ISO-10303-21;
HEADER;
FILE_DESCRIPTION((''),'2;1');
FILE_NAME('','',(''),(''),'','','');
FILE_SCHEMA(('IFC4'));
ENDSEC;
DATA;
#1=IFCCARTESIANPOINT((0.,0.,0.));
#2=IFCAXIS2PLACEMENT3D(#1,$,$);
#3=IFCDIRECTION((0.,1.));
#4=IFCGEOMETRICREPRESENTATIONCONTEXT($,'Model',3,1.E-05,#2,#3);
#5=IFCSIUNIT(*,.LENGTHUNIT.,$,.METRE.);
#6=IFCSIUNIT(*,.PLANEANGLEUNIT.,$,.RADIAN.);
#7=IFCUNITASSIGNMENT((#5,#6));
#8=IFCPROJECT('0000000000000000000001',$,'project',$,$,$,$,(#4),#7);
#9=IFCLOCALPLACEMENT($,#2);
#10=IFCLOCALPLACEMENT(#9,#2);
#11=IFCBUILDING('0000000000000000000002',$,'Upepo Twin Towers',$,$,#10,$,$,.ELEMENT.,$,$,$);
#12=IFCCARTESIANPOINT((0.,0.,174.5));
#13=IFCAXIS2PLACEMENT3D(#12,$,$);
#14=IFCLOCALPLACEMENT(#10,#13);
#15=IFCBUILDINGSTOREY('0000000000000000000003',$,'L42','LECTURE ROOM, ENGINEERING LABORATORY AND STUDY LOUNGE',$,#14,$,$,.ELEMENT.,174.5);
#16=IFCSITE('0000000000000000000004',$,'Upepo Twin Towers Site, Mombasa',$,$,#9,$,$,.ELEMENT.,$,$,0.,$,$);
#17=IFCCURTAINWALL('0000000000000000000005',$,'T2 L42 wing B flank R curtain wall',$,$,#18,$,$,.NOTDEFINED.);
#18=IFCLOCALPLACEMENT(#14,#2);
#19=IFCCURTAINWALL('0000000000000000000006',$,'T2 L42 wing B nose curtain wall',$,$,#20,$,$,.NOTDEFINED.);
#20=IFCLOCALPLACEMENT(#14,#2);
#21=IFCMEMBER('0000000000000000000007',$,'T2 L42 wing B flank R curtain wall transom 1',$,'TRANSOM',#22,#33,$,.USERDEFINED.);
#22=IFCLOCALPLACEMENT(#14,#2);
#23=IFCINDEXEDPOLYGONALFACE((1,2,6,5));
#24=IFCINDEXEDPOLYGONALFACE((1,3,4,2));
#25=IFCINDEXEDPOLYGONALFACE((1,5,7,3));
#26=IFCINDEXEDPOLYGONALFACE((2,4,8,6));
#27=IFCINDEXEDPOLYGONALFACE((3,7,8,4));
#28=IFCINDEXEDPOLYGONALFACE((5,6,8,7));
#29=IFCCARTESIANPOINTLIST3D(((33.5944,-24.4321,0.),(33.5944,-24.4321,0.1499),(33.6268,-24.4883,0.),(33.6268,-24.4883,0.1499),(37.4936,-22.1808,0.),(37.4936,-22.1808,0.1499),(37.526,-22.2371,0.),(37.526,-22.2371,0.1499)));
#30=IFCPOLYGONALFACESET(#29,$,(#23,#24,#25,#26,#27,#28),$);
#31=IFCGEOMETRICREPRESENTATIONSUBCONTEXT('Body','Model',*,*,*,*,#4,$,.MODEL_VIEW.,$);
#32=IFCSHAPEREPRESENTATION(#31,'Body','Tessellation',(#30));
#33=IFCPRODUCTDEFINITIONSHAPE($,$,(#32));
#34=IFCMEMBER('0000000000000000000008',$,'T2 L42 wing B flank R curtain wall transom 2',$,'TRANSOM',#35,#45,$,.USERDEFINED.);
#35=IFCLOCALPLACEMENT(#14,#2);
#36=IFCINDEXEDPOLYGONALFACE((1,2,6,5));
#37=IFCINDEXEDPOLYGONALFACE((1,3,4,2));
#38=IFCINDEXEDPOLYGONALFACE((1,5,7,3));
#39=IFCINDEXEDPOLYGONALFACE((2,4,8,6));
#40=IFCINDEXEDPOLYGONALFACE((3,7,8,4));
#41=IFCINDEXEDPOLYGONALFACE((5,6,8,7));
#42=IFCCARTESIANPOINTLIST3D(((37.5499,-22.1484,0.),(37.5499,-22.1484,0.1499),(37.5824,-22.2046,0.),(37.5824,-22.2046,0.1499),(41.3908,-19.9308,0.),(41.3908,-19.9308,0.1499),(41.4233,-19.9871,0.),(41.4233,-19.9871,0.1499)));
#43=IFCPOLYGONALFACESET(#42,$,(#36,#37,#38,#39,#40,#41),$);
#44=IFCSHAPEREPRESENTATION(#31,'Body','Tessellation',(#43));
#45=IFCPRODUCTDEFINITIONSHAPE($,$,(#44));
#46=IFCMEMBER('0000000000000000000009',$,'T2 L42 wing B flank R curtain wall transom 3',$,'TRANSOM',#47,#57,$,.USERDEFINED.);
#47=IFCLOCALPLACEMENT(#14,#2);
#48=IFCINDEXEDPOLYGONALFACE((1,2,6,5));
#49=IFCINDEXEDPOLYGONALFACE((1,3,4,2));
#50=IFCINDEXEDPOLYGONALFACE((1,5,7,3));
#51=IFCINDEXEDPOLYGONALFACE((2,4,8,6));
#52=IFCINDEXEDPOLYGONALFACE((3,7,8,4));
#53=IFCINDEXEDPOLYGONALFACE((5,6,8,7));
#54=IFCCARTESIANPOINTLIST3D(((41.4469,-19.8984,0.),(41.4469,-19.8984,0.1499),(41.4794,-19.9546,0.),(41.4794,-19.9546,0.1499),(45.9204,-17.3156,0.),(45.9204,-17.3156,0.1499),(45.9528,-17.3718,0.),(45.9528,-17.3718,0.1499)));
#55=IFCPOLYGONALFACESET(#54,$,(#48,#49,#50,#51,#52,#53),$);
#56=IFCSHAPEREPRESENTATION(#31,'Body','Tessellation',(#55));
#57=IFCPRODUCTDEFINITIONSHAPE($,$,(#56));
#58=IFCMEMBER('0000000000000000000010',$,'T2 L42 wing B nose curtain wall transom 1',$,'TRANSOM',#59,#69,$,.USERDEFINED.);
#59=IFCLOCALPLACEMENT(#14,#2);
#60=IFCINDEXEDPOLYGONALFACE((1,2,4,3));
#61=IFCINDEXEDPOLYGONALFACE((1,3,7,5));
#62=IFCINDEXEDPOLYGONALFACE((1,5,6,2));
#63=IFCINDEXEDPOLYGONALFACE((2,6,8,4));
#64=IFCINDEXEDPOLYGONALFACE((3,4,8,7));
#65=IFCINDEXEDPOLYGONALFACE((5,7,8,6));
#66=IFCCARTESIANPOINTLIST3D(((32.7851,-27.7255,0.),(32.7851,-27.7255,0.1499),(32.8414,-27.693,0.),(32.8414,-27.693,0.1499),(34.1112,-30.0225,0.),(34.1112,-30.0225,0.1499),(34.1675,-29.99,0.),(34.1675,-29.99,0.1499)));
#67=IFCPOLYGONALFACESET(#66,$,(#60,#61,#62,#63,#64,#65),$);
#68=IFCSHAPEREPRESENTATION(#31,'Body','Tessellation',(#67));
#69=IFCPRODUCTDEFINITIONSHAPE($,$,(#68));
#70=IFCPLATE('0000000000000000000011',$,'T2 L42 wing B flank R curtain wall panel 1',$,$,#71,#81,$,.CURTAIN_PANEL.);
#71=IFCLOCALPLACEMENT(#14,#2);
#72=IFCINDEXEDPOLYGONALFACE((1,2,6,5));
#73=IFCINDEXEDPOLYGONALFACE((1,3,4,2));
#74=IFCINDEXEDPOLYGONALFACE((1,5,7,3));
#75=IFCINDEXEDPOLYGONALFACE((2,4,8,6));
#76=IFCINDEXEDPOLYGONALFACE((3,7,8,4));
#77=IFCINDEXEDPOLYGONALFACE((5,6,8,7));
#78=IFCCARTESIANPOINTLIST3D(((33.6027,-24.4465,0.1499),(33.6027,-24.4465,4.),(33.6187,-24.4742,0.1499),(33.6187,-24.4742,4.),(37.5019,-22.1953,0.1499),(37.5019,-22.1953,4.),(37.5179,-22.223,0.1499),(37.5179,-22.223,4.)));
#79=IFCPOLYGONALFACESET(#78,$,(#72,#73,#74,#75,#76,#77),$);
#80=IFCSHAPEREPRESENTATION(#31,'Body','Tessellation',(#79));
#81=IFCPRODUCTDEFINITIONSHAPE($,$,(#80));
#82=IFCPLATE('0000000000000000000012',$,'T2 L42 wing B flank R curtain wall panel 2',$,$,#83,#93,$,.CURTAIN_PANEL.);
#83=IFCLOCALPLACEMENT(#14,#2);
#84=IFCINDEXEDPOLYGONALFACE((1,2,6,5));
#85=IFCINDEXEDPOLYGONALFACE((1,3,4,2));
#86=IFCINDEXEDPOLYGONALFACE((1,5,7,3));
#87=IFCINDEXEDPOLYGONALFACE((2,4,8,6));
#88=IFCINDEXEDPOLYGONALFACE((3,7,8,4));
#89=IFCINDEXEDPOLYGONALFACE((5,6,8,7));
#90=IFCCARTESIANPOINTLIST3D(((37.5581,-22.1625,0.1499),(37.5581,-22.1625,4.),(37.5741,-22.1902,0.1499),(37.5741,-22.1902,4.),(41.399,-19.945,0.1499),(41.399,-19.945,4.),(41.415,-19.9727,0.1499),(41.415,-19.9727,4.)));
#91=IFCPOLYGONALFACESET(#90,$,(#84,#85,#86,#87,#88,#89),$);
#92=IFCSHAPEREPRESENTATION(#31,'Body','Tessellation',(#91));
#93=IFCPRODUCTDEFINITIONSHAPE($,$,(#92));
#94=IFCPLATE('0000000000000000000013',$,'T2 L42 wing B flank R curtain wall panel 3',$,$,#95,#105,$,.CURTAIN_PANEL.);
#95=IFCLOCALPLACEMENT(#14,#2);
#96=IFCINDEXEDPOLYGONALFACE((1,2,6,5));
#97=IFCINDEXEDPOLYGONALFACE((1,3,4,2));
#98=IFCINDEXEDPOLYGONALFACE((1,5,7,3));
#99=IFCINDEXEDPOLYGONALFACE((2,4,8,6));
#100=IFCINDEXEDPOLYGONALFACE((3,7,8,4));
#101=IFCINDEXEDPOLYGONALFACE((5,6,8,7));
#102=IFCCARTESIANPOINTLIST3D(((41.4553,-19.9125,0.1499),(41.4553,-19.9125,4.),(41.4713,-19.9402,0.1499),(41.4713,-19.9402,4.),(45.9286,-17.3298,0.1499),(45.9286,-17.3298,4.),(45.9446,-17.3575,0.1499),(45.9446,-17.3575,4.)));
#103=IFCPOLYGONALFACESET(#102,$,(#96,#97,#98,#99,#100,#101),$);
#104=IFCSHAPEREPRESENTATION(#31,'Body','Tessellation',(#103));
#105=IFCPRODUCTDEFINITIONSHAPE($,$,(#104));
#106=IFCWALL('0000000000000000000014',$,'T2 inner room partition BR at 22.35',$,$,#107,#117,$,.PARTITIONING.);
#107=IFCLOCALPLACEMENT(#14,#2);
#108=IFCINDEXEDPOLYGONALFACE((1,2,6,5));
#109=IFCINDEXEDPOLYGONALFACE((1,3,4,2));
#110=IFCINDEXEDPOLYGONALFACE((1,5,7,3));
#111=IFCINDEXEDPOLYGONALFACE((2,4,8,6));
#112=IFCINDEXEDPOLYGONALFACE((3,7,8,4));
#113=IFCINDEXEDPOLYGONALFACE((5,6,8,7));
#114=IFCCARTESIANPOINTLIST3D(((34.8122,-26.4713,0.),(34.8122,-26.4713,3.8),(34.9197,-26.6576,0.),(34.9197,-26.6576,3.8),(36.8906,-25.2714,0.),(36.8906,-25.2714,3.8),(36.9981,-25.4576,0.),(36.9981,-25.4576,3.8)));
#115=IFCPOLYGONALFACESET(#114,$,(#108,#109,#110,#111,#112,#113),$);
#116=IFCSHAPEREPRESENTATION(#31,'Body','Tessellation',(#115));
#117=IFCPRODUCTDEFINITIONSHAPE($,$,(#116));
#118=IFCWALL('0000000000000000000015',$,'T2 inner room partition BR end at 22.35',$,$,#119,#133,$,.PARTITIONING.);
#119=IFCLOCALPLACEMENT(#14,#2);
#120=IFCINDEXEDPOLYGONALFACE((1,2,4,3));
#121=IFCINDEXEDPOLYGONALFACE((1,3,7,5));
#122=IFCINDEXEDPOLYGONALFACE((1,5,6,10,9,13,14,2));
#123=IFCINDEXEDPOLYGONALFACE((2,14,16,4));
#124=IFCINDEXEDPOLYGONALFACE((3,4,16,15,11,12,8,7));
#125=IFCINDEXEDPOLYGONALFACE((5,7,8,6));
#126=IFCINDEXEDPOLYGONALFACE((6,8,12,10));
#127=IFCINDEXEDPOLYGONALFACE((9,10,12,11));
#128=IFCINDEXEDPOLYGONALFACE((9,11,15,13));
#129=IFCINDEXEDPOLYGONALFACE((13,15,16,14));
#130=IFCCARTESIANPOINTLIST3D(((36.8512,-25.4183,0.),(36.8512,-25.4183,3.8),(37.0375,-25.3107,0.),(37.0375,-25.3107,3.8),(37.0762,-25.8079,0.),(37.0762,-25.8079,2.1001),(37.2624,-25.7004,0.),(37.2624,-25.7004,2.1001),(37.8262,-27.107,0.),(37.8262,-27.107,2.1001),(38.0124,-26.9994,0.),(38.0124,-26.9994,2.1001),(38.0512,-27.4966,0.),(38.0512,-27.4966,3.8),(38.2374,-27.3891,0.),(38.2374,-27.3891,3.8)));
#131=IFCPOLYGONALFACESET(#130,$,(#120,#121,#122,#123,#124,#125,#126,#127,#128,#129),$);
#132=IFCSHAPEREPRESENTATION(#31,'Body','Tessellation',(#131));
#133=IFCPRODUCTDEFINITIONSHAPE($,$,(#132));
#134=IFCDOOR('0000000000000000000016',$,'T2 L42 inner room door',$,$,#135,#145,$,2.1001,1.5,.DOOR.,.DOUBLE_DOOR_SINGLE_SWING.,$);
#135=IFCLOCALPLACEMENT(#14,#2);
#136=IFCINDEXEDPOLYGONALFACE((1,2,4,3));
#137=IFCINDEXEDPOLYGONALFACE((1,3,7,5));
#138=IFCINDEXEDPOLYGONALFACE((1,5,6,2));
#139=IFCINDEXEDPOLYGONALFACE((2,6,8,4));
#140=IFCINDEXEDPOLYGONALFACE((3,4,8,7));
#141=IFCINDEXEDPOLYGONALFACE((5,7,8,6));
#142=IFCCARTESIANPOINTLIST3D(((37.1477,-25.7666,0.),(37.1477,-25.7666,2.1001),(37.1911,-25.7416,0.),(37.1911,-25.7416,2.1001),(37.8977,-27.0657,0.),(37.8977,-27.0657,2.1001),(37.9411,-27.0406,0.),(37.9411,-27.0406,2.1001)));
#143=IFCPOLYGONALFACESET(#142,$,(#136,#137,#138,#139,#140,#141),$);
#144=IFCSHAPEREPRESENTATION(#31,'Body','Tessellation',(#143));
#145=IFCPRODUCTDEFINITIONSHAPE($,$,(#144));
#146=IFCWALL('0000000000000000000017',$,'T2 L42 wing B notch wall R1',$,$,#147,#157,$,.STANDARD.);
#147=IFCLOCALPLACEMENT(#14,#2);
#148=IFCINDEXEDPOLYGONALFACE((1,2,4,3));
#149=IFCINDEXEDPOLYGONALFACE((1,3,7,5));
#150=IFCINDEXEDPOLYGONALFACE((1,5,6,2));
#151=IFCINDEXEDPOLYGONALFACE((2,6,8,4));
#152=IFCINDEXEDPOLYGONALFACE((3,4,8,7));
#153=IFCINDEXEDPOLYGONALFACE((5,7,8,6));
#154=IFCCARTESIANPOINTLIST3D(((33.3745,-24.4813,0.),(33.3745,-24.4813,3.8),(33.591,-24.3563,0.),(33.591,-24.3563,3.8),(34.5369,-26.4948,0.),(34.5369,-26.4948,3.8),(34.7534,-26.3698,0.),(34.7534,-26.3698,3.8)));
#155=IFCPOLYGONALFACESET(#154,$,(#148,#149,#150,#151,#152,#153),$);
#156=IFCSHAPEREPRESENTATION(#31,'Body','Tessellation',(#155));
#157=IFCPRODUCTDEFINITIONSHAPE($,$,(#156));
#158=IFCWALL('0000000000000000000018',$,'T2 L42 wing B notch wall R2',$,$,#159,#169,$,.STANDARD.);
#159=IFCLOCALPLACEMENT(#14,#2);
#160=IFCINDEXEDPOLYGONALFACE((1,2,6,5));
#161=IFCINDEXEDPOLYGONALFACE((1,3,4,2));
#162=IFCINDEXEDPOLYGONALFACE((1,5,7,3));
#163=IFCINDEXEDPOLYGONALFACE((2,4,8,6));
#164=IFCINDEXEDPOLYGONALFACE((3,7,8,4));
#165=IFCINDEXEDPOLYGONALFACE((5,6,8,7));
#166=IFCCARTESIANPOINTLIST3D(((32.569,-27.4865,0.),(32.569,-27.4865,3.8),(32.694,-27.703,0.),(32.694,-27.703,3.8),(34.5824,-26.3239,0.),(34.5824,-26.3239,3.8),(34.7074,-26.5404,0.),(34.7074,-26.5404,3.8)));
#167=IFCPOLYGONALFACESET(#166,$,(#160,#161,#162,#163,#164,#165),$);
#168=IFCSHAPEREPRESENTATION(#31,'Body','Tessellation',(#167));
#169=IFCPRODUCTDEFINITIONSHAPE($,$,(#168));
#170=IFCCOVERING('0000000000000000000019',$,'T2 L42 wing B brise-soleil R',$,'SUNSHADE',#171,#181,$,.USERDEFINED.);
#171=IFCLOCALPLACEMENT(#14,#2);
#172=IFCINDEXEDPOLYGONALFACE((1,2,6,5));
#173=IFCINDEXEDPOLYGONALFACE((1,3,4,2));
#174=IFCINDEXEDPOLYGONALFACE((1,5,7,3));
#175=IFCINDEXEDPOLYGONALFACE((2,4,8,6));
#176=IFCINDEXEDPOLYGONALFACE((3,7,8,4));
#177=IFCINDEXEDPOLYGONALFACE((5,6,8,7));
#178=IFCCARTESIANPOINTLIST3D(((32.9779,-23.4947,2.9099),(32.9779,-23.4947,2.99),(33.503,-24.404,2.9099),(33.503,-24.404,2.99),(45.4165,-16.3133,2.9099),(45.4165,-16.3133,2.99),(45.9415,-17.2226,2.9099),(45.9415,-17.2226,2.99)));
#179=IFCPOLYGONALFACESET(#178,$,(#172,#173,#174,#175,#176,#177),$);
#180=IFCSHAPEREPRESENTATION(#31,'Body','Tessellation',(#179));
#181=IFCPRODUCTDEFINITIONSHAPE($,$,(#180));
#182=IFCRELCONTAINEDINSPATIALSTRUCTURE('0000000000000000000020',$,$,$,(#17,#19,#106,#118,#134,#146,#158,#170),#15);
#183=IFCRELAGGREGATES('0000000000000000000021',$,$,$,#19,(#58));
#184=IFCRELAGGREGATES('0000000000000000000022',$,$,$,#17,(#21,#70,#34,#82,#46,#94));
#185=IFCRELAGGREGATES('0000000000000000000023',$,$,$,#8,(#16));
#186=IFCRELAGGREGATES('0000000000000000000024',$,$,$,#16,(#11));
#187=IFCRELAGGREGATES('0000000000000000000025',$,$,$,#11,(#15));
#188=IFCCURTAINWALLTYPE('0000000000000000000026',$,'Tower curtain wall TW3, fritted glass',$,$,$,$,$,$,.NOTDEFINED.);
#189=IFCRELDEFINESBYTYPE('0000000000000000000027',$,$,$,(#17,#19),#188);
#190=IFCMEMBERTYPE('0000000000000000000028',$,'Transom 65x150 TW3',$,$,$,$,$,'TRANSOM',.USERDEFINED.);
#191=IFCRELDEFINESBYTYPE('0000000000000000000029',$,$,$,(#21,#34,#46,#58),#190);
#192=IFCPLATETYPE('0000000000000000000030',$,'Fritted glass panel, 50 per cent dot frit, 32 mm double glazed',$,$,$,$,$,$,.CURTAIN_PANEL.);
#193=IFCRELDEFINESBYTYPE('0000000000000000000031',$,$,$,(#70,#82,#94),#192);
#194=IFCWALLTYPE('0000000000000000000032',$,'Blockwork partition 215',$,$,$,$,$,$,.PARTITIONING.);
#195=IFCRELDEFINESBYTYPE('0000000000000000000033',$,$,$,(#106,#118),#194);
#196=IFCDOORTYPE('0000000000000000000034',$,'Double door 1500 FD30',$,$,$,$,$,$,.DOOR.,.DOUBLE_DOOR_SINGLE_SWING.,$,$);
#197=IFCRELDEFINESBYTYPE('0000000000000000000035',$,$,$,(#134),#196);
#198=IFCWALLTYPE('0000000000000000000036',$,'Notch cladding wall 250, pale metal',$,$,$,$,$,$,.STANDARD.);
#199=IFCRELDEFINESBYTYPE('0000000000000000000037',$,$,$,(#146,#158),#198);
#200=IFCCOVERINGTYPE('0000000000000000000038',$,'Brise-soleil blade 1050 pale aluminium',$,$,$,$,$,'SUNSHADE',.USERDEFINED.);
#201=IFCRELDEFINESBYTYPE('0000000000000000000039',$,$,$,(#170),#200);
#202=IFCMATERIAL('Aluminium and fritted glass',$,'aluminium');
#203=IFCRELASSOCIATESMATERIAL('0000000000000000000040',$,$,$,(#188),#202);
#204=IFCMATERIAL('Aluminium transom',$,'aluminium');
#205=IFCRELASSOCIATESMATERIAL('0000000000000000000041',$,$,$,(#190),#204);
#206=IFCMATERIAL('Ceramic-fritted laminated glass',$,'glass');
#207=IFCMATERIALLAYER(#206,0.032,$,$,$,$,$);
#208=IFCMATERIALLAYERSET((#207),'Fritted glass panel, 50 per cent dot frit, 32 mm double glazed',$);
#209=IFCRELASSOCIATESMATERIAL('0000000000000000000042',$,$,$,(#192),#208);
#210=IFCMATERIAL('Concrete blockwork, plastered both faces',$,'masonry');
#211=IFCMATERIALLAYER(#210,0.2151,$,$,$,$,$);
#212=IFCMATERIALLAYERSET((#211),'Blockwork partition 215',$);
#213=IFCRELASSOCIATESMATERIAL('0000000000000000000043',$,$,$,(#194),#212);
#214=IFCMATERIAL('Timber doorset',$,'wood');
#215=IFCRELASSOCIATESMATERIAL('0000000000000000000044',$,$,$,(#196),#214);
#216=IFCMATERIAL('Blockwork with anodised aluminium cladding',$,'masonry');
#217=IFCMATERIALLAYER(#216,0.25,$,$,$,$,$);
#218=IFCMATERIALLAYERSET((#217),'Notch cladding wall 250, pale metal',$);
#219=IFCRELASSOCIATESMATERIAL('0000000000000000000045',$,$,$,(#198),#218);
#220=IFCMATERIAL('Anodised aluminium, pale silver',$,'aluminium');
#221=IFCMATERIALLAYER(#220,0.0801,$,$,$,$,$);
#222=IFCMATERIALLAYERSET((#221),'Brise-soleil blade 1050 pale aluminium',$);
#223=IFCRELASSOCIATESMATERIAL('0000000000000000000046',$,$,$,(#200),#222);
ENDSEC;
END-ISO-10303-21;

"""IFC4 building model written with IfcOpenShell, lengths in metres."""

from ifc_helpers import new_model, si_unit, direction, frame, frame_2d, origin, origin_2d, place, context, subcontext, project, spatial, rectangle, extrude, material, layer, layer_set, material_profile, profile_set, type_object, element, fill, aggregate, save


model = new_model("IFC4")

# Units and contexts
model_context = context("Model", 3, precision=1e-05, world=origin(), true_north=direction((0.0, 1.0)))
body_context = subcontext(model_context, "Body", "Model", "MODEL_VIEW")
ifc_project = project(units=[si_unit("LENGTHUNIT", "METRE"), si_unit("PLANEANGLEUNIT", "RADIAN")], contexts=[model_context])

# Site, building, storey
site_placement = place(None, origin())
site = spatial("IfcSite", under=ifc_project, at=site_placement, Name="Upepo Twin Towers Site, Mombasa", CompositionType="ELEMENT", RefElevation=0.0)
building_placement = place(site_placement, origin())
building = spatial("IfcBuilding", under=site, at=building_placement, Name="Upepo Twin Towers", CompositionType="ELEMENT")
storey_placement = place(building_placement, frame((0.0, 0.0, 174.5)))
storey = spatial("IfcBuildingStorey", under=building, at=storey_placement, Name="L42", Description="LECTURE ROOM, ENGINEERING LABORATORY AND STUDY LOUNGE", CompositionType="ELEMENT", Elevation=174.5)

# Curtain wall
ifc_material_1 = material(Name="Aluminium and fritted glass", Category="aluminium")
curtain_wall_type = type_object("IfcCurtainWallType", Name="Tower curtain wall TW3, fritted glass", PredefinedType="NOTDEFINED", material=ifc_material_1)
curtain_wall_1_placement = place(storey_placement, origin())
curtain_wall_1 = element("IfcCurtainWall", 1, at=curtain_wall_1_placement, inside=storey, type_object=curtain_wall_type, Name="T2 L42 wing B flank R curtain wall", PredefinedType="NOTDEFINED")

# Curtain wall
curtain_wall_2_placement = place(storey_placement, origin())
curtain_wall_2 = element("IfcCurtainWall", 2, at=curtain_wall_2_placement, inside=storey, type_object=curtain_wall_type, Name="T2 L42 wing B nose curtain wall", PredefinedType="NOTDEFINED")

# Members
ifc_material_2 = material(Name="Aluminium transom", Category="aluminium")
ifc_material_profile_1 = material_profile(ifc_material_2, rectangle(XDim=0.0649, YDim=0.1499, at=origin_2d()), Name="TRANSOM 65x150")
ifc_profile_set_1 = profile_set([ifc_material_profile_1], Name="Aluminium transom")
member_type_1 = type_object("IfcMemberType", Name="Transom 65x150 TW3", ElementType="TRANSOM", PredefinedType="USERDEFINED", material=ifc_profile_set_1)
member_1_placement = place(storey_placement, frame((33.6106, -24.4602, 0.075), z_axis=(0.866022, 0.500006, 0.0), x_axis=(-0.500006, 0.866022, 0.0)))
member_1 = element("IfcMember", 3, at=member_1_placement, type_object=member_type_1, Name="T2 L42 wing B flank R curtain wall transom 1", ObjectType="TRANSOM", PredefinedType="USERDEFINED", context=body_context, shape_type="SweptSolid", body=[
    extrude(rectangle(XDim=0.0649, YDim=0.1499, at=origin_2d()), origin(), (0.0, 0.0, 1.0), 4.5024),
])
member_2_placement = place(storey_placement, frame((37.5662, -22.1765, 0.075), z_axis=(0.866022, 0.500005, 0.0), x_axis=(-0.500005, 0.866022, 0.0)))
member_2 = element("IfcMember", 4, at=member_2_placement, type_object=member_type_1, Name="T2 L42 wing B flank R curtain wall transom 2", ObjectType="TRANSOM", PredefinedType="USERDEFINED", context=body_context, shape_type="SweptSolid", body=[
    extrude(rectangle(XDim=0.0649, YDim=0.1499, at=origin_2d()), origin(), (0.0, 0.0, 1.0), 4.4351),
])
member_3_placement = place(storey_placement, frame((41.4631, -19.9265, 0.075), z_axis=(0.866021, 0.500007, 0.0), x_axis=(-0.500007, 0.866021, 0.0)))
member_3 = element("IfcMember", 5, at=member_3_placement, type_object=member_type_1, Name="T2 L42 wing B flank R curtain wall transom 3", ObjectType="TRANSOM", PredefinedType="USERDEFINED", context=body_context, shape_type="SweptSolid", body=[
    extrude(rectangle(XDim=0.0649, YDim=0.1499, at=origin_2d()), origin(), (0.0, 0.0, 1.0), 5.1655),
])
member_4_placement = place(storey_placement, frame((32.8132, -27.7092, 0.075), z_axis=(0.49998, -0.866037, 0.0), x_axis=(0.866037, 0.49998, 0.0)))
member_4 = element("IfcMember", 6, at=member_4_placement, type_object=member_type_1, Name="T2 L42 wing B nose curtain wall transom 1", ObjectType="TRANSOM", PredefinedType="USERDEFINED", context=body_context, shape_type="SweptSolid", body=[
    extrude(rectangle(XDim=0.0649, YDim=0.1499, at=origin_2d()), origin(), (0.0, 0.0, 1.0), 2.6523),
])
aggregate(curtain_wall_2, [member_4])

# Plates
ifc_material_3 = material(Name="Ceramic-fritted laminated glass", Category="glass")
ifc_layer_1 = layer(ifc_material_3, 0.032)
ifc_layer_set_1 = layer_set([ifc_layer_1], Name="Fritted glass panel, 50 per cent dot frit, 32 mm double glazed")
plate_type = type_object("IfcPlateType", Name="Fritted glass panel, 50 per cent dot frit, 32 mm double glazed", PredefinedType="CURTAIN_PANEL", material=ifc_layer_set_1)
plate_1_placement = place(storey_placement, frame((35.5603, -23.3347, 0.1499), z_axis=(0.0, 0.0, 1.0), x_axis=(0.866025, 0.5, 0.0)))
plate_1 = element("IfcPlate", 7, at=plate_1_placement, type_object=plate_type, Name="T2 L42 wing B flank R curtain wall panel 1", PredefinedType="CURTAIN_PANEL", context=body_context, shape_type="SweptSolid", body=[
    extrude(rectangle(XDim=4.5024, YDim=0.032, at=origin_2d()), origin(), (0.0, 0.0, 1.0), 3.8501),
])
plate_2_placement = place(storey_placement, frame((39.4866, -21.0676, 0.1499), z_axis=(0.0, 0.0, 1.0), x_axis=(0.866025, 0.5, 0.0)))
plate_2 = element("IfcPlate", 8, at=plate_2_placement, type_object=plate_type, Name="T2 L42 wing B flank R curtain wall panel 2", PredefinedType="CURTAIN_PANEL", context=body_context, shape_type="SweptSolid", body=[
    extrude(rectangle(XDim=4.4351, YDim=0.032, at=origin_2d()), origin(), (0.0, 0.0, 1.0), 3.8501),
])
plate_3_placement = place(storey_placement, frame((43.7, -18.635, 0.1499), z_axis=(0.0, 0.0, 1.0), x_axis=(0.866025, 0.5, 0.0)))
plate_3 = element("IfcPlate", 9, at=plate_3_placement, type_object=plate_type, Name="T2 L42 wing B flank R curtain wall panel 3", PredefinedType="CURTAIN_PANEL", context=body_context, shape_type="SweptSolid", body=[
    extrude(rectangle(XDim=5.1653, YDim=0.032, at=origin_2d()), origin(), (0.0, 0.0, 1.0), 3.8501),
])
aggregate(curtain_wall_1, [member_1, plate_1, member_2, plate_2, member_3, plate_3])

# Wall
ifc_material_4 = material(Name="Concrete blockwork, plastered both faces", Category="masonry")
ifc_layer_2 = layer(ifc_material_4, 0.2151)
ifc_layer_set_2 = layer_set([ifc_layer_2], Name="Blockwork partition 215")
wall_type_1 = type_object("IfcWallType", Name="Blockwork partition 215", PredefinedType="PARTITIONING", material=ifc_layer_set_2)
wall_1_placement = place(storey_placement, frame((36.9443, -25.3645, 0.0), z_axis=(0.0, 0.0, 1.0), x_axis=(-0.866025, -0.500001, 0.0)))
element("IfcWall", 10, at=wall_1_placement, inside=storey, type_object=wall_type_1, Name="T2 inner room partition BR at 22.35", PredefinedType="PARTITIONING", context=body_context, shape_type="SweptSolid", body=[
    extrude(rectangle(XDim=2.3999, YDim=0.2151, at=frame_2d((1.2, 0.0))), origin(), (0.0, 0.0, 1.0), 3.8),
])

# Wall, opening, door
wall_2_placement = place(storey_placement, frame((38.1443, -27.4429, 0.0), z_axis=(0.0, 0.0, 1.0), x_axis=(-0.500001, 0.866025, 0.0)))
wall_2 = element("IfcWall", 11, at=wall_2_placement, inside=storey, type_object=wall_type_1, Name="T2 inner room partition BR end at 22.35", PredefinedType="PARTITIONING", context=body_context, shape_type="SweptSolid", body=[
    extrude(rectangle(XDim=2.3999, YDim=0.2151, at=frame_2d((1.2, 0.0))), origin(), (0.0, 0.0, 1.0), 3.8),
])
opening_placement = place(wall_2_placement, frame((0.45, 0.0, 0.0)))
opening = element("IfcOpeningElement", 12, at=opening_placement, cuts=wall_2, PredefinedType="OPENING", context=body_context, shape_type="SweptSolid", body=[
    extrude(rectangle(XDim=1.5, YDim=2.1001, at=frame_2d((0.75, 1.05))), frame((0.0, 0.1174, 0.0), z_axis=(0.0, -1.0, 0.0), x_axis=(1.0, 0.0, 0.0)), (0.0, 0.0, 1.0), 0.2351),
])
ifc_material_5 = material(Name="Timber doorset", Category="wood")
door_type = type_object("IfcDoorType", Name="Double door 1500 FD30", OperationType="DOUBLE_DOOR_SINGLE_SWING", PredefinedType="DOOR", material=ifc_material_5)
door_placement = place(opening_placement, origin())
door = element("IfcDoor", 13, at=door_placement, inside=storey, type_object=door_type, Name="T2 L42 inner room door", OperationType="DOUBLE_DOOR_SINGLE_SWING", OverallHeight=2.1001, OverallWidth=1.5, PredefinedType="DOOR", context=body_context, shape_type="SweptSolid", body=[
    extrude(rectangle(XDim=1.5, YDim=2.1001, at=frame_2d((0.75, 1.05))), frame((0.0, 0.0249, 0.0), z_axis=(0.0, -1.0, 0.0), x_axis=(1.0, 0.0, 0.0)), (0.0, 0.0, 1.0), 0.05),
])
fill(opening, door)

# Walls
ifc_material_6 = material(Name="Blockwork with anodised aluminium cladding", Category="masonry")
ifc_layer_3 = layer(ifc_material_6, 0.25)
ifc_layer_set_3 = layer_set([ifc_layer_3], Name="Notch cladding wall 250, pale metal")
wall_type_2 = type_object("IfcWallType", Name="Notch cladding wall 250, pale metal", PredefinedType="STANDARD", material=ifc_layer_set_3)
for number, where, z_axis, x_axis, name in (
    (14, (33.4827, -24.4187, 0.0), (0.0, 0.0, 1.0), (0.499968, -0.866044, 0.0), "T2 L42 wing B notch wall R1"),
    (15, (34.645, -26.4321, 0.0), (0.0, 0.0, 1.0), (-0.865998, -0.500047, 0.0), "T2 L42 wing B notch wall R2"),
):
    element("IfcWall", number, at=place(storey_placement, frame(where, z_axis=z_axis, x_axis=x_axis)), inside=storey, type_object=wall_type_2, Name=name, PredefinedType="STANDARD", context=body_context, shape_type="SweptSolid", body=[
        extrude(rectangle(XDim=2.325, YDim=0.25, at=frame_2d((1.1626, 0.0))), origin(), (0.0, 0.0, 1.0), 3.8),
    ])

# Covering
ifc_material_7 = material(Name="Anodised aluminium, pale silver", Category="aluminium")
ifc_layer_4 = layer(ifc_material_7, 0.0801)
ifc_layer_set_4 = layer_set([ifc_layer_4], Name="Brise-soleil blade 1050 pale aluminium")
covering_type = type_object("IfcCoveringType", Name="Brise-soleil blade 1050 pale aluminium", ElementType="SUNSHADE", PredefinedType="USERDEFINED", material=ifc_layer_set_4)
covering_placement = place(storey_placement, frame((39.4597, -20.3586, 2.9099), z_axis=(0.0, 0.0, 1.0), x_axis=(-0.866025, -0.5, 0.0)))
element("IfcCovering", 16, at=covering_placement, inside=storey, type_object=covering_type, Name="T2 L42 wing B brise-soleil R", ObjectType="SUNSHADE", PredefinedType="USERDEFINED", context=body_context, shape_type="SweptSolid", body=[
    extrude(rectangle(XDim=14.3628, YDim=1.05, at=origin_2d()), origin(), (0.0, 0.0, 1.0), 0.0801),
])

save(model, "model.ifc")
